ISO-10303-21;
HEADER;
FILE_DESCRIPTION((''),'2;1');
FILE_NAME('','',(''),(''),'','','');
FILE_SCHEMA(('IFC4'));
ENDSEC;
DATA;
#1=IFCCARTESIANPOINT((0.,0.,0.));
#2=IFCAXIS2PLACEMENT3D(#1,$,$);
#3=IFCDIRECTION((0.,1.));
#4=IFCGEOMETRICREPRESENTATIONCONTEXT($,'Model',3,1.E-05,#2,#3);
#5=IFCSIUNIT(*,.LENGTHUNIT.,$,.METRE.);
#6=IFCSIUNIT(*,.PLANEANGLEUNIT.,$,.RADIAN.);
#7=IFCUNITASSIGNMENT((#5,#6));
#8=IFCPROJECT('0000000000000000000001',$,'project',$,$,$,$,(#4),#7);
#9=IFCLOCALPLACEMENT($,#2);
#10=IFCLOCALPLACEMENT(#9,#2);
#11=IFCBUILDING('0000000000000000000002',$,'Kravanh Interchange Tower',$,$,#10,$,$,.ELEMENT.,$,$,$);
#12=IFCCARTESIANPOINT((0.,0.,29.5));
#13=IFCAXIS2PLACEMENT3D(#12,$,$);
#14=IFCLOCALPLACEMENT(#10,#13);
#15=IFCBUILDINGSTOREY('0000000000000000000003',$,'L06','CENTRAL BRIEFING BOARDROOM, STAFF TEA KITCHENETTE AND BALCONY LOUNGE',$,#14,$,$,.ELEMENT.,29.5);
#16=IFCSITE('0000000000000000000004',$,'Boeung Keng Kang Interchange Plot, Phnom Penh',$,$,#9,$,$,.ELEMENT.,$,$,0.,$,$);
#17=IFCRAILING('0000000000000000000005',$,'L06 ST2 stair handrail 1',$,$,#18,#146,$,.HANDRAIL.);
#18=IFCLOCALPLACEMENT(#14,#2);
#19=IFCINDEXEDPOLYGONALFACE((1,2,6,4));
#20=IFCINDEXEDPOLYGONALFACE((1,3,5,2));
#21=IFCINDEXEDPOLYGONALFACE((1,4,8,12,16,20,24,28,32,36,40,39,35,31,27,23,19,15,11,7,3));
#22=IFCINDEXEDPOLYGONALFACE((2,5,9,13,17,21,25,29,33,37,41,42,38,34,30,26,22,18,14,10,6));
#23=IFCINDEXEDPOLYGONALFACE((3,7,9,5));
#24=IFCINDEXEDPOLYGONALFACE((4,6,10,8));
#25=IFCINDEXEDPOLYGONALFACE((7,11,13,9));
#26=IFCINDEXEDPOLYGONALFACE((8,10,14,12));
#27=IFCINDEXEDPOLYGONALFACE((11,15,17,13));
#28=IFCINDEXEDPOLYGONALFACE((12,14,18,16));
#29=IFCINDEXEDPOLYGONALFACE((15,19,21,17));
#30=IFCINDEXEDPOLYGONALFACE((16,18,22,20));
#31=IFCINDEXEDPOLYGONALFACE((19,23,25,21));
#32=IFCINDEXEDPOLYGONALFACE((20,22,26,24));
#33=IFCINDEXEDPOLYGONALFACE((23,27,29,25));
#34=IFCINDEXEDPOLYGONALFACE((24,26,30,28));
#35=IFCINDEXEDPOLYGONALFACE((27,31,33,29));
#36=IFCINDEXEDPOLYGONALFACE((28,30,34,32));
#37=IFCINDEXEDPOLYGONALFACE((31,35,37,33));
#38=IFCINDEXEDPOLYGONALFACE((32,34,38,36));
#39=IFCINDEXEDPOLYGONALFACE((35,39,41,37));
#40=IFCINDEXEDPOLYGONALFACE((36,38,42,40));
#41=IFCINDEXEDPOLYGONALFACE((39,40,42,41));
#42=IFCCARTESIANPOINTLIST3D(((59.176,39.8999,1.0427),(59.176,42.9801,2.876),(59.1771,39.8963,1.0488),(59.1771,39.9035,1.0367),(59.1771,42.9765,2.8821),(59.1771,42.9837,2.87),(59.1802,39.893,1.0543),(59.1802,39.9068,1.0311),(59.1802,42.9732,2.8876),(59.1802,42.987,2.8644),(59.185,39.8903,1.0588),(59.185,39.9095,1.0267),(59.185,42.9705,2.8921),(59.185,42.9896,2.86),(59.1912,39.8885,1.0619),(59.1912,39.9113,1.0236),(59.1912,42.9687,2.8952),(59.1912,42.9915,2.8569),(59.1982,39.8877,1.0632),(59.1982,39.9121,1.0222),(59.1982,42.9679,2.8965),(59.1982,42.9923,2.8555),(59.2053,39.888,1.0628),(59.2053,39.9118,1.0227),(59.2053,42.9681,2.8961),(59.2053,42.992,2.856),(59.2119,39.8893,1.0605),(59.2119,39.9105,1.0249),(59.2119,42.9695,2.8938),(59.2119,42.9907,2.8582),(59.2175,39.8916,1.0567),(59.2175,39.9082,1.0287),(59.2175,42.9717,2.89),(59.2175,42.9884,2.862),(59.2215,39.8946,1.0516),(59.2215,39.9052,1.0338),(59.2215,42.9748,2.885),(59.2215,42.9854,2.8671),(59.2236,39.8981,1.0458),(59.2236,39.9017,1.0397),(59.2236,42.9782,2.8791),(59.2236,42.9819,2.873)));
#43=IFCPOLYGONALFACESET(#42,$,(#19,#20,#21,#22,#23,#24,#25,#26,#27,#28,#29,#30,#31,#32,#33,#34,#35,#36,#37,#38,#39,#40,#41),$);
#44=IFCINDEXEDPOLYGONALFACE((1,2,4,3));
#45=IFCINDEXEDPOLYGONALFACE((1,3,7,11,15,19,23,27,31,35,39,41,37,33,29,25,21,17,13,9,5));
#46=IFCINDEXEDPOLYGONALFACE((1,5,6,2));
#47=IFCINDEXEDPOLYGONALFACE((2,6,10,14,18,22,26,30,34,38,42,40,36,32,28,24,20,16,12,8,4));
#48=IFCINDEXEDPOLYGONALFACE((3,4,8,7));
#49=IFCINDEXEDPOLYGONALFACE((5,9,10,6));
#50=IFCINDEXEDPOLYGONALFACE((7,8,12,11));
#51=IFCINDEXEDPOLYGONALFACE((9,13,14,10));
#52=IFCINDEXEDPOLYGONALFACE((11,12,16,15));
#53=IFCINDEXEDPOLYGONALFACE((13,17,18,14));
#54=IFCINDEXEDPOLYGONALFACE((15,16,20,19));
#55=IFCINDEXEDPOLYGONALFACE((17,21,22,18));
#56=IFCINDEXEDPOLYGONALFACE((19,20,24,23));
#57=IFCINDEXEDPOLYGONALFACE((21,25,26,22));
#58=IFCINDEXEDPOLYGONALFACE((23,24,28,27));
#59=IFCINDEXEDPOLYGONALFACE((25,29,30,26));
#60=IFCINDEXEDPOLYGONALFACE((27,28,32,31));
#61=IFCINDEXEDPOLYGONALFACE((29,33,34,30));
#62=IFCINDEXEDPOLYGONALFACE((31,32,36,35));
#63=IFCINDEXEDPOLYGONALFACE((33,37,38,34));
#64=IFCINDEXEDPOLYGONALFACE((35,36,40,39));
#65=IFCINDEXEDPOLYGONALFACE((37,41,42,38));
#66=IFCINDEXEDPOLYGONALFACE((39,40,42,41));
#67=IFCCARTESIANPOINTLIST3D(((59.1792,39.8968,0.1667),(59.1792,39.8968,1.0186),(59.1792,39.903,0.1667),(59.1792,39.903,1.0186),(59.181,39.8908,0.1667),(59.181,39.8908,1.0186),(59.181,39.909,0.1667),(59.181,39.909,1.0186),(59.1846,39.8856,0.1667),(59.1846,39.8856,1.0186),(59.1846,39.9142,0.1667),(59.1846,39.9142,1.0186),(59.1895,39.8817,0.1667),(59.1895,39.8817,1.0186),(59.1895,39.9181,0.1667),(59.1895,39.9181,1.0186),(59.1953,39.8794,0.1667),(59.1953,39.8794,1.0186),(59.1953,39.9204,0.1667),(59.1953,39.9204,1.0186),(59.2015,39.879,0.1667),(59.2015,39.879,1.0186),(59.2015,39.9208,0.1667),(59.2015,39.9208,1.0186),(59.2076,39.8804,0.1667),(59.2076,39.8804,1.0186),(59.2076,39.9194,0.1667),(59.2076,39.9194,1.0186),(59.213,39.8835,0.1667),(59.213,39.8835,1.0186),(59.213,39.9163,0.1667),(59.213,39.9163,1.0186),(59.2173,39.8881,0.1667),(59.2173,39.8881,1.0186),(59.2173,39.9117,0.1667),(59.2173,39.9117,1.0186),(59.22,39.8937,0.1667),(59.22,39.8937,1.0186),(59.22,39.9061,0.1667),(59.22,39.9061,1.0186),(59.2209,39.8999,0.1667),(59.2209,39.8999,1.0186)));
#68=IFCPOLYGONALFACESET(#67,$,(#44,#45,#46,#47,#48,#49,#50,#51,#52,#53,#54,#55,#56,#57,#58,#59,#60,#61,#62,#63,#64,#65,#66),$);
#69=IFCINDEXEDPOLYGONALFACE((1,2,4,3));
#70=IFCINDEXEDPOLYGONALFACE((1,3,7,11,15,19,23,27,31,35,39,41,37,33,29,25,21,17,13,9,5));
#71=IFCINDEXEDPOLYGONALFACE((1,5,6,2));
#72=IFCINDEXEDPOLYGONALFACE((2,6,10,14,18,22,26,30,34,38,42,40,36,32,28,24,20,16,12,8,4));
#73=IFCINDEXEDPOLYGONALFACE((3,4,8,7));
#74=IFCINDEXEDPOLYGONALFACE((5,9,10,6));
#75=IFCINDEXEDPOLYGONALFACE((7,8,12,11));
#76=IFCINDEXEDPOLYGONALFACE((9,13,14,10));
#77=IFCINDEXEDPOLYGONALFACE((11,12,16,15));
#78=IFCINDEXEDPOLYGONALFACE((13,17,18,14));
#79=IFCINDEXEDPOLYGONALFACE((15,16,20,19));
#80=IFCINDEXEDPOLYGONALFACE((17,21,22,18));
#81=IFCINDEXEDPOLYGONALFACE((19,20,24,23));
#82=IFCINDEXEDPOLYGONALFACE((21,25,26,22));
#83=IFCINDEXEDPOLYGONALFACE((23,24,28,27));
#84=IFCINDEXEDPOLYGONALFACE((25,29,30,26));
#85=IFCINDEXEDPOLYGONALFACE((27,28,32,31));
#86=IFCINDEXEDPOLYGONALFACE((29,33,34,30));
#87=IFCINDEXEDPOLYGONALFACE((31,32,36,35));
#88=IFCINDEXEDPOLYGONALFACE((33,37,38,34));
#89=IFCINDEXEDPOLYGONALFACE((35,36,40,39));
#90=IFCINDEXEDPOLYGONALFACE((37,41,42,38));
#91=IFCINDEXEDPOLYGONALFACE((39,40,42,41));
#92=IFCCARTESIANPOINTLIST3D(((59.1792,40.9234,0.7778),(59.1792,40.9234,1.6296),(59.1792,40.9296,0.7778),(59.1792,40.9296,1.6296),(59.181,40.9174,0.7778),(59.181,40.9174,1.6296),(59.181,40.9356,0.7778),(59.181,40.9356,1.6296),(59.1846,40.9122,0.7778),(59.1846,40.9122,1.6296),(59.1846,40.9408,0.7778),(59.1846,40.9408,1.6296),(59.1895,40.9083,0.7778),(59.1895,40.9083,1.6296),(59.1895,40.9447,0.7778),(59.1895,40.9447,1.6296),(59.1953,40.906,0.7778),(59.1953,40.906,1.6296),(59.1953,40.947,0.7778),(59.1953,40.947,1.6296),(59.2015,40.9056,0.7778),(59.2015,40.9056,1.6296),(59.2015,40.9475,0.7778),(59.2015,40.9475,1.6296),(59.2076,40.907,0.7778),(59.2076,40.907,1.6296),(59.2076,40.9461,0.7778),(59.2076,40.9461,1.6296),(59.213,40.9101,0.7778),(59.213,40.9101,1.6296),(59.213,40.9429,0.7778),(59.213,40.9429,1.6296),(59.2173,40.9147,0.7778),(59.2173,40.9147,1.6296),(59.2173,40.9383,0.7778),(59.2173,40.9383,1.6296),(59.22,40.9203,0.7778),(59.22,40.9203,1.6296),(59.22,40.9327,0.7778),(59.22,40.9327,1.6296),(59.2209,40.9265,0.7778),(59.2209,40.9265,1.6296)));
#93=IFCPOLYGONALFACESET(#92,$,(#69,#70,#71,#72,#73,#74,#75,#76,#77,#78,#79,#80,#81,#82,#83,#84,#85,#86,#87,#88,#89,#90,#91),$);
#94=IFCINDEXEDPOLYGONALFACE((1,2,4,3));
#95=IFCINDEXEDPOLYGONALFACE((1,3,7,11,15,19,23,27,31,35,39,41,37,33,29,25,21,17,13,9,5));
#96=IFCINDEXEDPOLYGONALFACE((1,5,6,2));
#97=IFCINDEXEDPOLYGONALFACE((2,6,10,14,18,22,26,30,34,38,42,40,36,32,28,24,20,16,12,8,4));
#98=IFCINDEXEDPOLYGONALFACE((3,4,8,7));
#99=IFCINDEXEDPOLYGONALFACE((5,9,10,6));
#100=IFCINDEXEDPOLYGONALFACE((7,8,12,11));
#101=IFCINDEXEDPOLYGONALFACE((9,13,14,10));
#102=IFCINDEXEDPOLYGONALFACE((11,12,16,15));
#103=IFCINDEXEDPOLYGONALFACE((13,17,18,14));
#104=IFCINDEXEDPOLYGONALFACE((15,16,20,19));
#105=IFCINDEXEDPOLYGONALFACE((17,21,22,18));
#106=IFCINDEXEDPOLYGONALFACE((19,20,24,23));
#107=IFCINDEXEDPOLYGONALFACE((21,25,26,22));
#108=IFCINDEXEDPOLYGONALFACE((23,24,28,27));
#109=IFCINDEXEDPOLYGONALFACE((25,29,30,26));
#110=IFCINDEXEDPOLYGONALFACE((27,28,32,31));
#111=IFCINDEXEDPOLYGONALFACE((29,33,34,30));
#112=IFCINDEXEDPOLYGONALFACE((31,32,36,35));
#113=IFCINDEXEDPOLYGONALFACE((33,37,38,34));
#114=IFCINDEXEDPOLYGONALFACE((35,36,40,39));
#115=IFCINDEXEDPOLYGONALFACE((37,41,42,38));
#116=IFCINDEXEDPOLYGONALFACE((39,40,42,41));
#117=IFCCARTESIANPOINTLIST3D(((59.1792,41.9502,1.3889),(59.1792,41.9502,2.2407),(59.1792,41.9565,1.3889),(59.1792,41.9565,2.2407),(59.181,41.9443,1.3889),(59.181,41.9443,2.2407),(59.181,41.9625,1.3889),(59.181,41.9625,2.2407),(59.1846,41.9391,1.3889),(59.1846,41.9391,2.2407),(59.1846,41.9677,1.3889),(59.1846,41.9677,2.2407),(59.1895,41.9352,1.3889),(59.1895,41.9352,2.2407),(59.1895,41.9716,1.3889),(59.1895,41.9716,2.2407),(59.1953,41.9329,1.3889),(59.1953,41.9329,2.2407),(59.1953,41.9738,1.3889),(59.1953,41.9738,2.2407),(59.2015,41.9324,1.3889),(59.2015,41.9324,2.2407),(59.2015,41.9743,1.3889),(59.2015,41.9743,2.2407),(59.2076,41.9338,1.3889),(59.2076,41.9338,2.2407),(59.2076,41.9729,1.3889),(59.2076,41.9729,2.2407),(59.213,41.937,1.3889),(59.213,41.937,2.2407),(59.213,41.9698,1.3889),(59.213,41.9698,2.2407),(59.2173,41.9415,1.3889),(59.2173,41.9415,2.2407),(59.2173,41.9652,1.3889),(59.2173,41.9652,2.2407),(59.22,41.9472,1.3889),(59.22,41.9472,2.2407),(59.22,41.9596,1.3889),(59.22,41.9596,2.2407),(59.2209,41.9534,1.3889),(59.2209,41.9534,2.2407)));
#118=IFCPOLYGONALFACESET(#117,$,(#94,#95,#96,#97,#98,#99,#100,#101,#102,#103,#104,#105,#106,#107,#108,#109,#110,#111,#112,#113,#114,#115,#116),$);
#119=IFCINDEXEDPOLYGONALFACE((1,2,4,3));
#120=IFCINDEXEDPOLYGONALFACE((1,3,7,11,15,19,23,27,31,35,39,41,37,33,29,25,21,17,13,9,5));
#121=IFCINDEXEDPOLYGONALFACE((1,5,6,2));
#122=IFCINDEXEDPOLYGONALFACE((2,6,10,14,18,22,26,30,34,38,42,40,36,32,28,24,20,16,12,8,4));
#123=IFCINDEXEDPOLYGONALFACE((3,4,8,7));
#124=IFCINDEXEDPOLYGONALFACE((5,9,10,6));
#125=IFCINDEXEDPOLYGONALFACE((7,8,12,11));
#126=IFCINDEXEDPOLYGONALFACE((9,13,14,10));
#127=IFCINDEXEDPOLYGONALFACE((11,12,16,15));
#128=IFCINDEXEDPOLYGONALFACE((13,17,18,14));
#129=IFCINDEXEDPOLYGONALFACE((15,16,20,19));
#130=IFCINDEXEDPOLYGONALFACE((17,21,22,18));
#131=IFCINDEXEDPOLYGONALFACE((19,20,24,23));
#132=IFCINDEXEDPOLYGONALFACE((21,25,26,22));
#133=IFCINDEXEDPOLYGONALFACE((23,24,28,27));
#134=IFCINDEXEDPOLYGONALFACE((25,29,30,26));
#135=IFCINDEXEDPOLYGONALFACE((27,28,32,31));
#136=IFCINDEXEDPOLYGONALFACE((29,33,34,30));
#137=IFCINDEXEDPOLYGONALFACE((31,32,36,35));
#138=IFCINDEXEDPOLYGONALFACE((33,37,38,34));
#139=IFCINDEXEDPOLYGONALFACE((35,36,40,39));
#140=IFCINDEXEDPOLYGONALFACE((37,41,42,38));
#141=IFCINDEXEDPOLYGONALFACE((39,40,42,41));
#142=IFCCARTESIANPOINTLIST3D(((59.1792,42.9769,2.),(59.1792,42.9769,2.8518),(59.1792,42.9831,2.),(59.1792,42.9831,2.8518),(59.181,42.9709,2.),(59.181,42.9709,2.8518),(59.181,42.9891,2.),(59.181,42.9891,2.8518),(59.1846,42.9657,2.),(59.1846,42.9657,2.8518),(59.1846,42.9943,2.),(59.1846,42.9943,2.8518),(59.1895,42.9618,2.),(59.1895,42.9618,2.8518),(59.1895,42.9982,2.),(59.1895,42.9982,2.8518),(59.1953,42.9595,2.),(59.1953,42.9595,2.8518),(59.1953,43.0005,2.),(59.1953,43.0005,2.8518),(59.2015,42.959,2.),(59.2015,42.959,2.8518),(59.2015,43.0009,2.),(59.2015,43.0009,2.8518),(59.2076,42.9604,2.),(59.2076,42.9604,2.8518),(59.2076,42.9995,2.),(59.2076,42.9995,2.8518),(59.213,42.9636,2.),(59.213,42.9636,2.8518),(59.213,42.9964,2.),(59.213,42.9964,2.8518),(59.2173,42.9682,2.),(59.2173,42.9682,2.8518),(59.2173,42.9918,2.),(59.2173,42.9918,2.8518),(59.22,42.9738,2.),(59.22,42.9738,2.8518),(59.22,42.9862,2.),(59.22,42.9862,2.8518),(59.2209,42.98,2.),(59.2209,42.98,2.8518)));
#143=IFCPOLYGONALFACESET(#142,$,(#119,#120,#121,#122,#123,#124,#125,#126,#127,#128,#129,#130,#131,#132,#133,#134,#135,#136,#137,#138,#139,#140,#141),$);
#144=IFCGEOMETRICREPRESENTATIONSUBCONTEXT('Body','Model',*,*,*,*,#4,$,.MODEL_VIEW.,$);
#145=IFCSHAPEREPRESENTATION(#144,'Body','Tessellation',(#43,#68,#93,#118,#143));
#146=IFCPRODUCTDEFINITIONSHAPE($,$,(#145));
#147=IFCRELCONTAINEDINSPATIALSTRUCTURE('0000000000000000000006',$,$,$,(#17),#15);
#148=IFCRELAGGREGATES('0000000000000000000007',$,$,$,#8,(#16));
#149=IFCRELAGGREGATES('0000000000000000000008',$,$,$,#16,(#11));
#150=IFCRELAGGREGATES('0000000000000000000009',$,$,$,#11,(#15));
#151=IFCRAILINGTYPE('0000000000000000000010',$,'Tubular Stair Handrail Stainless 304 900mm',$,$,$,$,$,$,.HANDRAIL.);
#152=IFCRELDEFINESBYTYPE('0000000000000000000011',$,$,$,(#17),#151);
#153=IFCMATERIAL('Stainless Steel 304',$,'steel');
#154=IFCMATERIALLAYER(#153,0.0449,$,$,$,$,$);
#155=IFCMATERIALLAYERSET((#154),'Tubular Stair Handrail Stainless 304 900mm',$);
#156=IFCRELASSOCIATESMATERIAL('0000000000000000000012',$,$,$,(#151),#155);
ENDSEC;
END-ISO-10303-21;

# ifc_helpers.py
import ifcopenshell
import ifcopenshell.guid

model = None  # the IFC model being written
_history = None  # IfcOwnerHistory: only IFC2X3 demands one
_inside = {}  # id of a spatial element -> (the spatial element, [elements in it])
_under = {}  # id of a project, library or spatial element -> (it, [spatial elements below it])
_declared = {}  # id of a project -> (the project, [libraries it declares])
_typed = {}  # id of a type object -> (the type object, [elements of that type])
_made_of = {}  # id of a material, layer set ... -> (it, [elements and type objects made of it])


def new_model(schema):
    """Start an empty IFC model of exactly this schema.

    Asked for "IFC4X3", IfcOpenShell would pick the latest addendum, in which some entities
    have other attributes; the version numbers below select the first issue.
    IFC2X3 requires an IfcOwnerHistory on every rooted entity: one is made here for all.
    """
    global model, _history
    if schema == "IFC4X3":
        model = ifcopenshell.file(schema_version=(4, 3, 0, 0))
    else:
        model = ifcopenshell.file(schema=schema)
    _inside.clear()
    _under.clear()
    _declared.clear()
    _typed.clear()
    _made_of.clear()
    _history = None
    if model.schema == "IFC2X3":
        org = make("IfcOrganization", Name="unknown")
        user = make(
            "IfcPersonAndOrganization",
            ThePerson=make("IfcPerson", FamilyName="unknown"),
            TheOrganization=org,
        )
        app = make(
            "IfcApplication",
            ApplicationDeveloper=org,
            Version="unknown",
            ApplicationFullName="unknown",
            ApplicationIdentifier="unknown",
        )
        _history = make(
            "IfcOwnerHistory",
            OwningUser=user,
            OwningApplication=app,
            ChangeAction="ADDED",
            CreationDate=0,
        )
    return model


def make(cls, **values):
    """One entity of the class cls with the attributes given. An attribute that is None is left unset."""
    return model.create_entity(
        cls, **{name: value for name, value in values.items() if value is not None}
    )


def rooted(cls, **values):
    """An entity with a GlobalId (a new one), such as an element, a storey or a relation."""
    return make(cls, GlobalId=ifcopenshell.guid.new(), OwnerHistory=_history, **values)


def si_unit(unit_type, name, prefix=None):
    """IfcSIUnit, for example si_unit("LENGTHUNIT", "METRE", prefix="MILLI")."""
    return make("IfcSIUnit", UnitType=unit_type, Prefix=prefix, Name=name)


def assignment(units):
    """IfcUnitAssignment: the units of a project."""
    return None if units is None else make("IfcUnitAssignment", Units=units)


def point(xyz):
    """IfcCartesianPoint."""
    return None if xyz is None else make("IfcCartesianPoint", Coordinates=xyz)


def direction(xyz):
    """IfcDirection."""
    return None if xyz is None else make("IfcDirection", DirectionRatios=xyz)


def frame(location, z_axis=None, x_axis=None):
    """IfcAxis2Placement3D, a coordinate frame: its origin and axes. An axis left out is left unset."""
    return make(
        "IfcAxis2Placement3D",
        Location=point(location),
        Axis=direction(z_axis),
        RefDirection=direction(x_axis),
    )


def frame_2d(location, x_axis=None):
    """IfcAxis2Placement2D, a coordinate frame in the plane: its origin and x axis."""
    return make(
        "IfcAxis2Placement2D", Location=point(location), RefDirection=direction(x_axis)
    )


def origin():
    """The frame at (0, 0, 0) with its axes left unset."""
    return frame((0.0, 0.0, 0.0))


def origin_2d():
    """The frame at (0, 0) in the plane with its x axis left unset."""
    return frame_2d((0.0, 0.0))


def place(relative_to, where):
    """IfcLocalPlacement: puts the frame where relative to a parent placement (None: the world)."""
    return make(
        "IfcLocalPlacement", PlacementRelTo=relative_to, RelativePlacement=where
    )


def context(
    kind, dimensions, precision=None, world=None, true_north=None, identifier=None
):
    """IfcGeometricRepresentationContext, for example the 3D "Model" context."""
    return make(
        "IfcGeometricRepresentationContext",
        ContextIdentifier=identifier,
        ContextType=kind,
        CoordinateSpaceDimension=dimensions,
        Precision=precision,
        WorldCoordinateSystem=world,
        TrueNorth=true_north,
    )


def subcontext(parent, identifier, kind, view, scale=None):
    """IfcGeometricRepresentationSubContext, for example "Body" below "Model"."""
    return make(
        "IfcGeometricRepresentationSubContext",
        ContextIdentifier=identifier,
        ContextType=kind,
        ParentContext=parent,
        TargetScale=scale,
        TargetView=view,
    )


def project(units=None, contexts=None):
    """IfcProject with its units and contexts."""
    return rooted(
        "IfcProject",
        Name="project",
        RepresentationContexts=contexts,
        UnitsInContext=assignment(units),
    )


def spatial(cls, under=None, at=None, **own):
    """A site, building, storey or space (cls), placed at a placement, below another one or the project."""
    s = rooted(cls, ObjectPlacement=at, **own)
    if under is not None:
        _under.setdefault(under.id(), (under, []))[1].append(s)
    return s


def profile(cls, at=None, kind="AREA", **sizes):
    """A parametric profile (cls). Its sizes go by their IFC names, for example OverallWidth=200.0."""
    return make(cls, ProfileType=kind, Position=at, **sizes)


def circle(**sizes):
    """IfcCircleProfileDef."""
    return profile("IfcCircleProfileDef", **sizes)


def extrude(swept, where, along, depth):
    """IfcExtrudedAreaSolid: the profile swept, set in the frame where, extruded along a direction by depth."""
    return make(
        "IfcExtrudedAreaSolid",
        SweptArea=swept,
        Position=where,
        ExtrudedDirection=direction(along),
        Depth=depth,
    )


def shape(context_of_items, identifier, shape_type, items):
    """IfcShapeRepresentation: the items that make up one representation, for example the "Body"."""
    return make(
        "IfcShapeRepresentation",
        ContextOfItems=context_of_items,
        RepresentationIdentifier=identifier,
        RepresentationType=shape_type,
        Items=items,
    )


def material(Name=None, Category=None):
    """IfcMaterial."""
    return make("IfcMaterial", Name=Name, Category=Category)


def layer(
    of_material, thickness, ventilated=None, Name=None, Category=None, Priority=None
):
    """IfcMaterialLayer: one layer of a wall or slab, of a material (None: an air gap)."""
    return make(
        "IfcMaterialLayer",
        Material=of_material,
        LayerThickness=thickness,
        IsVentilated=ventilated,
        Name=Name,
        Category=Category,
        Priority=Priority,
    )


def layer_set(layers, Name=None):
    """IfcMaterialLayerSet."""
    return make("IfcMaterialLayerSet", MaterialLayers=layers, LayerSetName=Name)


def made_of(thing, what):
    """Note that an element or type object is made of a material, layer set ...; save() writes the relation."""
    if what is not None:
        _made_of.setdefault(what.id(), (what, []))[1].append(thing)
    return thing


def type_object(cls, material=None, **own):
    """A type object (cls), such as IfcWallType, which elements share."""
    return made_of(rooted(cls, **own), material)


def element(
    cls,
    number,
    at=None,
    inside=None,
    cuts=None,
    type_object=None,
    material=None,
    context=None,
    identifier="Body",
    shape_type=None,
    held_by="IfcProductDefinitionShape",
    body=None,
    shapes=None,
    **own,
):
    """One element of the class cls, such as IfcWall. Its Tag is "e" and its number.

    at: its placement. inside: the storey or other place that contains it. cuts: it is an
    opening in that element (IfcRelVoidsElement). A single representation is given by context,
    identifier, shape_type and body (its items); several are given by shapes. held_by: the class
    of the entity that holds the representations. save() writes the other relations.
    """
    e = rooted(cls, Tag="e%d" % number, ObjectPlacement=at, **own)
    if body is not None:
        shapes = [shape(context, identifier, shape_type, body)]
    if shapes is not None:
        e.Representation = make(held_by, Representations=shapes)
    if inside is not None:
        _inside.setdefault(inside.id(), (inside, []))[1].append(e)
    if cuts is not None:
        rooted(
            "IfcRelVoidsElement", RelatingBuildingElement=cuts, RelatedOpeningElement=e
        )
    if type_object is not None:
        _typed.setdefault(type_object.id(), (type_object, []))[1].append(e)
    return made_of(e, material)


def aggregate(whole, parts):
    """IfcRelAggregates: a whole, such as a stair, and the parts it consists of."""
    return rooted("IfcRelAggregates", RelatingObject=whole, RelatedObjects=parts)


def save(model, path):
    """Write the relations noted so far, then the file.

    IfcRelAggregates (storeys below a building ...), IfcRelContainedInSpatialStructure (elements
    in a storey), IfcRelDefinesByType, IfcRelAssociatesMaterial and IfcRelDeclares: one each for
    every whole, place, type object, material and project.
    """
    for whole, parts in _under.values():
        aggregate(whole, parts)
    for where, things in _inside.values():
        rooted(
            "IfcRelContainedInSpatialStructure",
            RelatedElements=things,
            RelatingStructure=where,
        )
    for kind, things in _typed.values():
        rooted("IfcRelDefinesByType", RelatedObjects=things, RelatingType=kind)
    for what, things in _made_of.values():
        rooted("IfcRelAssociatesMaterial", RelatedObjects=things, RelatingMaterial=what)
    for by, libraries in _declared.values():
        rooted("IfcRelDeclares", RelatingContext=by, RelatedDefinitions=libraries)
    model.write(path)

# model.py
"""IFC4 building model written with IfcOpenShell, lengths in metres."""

from ifc_helpers import new_model, si_unit, direction, frame, origin, origin_2d, place, context, subcontext, project, spatial, circle, extrude, material, layer, layer_set, type_object, element, save


model = new_model("IFC4")

# Units and contexts
model_context = context("Model", 3, precision=1e-05, world=origin(), true_north=direction((0.0, 1.0)))
body_context = subcontext(model_context, "Body", "Model", "MODEL_VIEW")
ifc_project = project(units=[si_unit("LENGTHUNIT", "METRE"), si_unit("PLANEANGLEUNIT", "RADIAN")], contexts=[model_context])

# Site, building, storey
site_placement = place(None, origin())
site = spatial("IfcSite", under=ifc_project, at=site_placement, Name="Boeung Keng Kang Interchange Plot, Phnom Penh", CompositionType="ELEMENT", RefElevation=0.0)
building_placement = place(site_placement, origin())
building = spatial("IfcBuilding", under=site, at=building_placement, Name="Kravanh Interchange Tower", CompositionType="ELEMENT")
storey_placement = place(building_placement, frame((0.0, 0.0, 29.5)))
storey = spatial("IfcBuildingStorey", under=building, at=storey_placement, Name="L06", Description="CENTRAL BRIEFING BOARDROOM, STAFF TEA KITCHENETTE AND BALCONY LOUNGE", CompositionType="ELEMENT", Elevation=29.5)

# Railing
ifc_material_1 = material(Name="Stainless Steel 304", Category="steel")
ifc_layer_1 = layer(ifc_material_1, 0.0449)
ifc_layer_set_1 = layer_set([ifc_layer_1], Name="Tubular Stair Handrail Stainless 304 900mm")
railing_type_1 = type_object("IfcRailingType", Name="Tubular Stair Handrail Stainless 304 900mm", PredefinedType="HANDRAIL", material=ifc_layer_set_1)
railing_1_placement = place(storey_placement, frame((59.2, 39.8999, 0.1667)))
element("IfcRailing", 1, at=railing_1_placement, inside=storey, type_object=railing_type_1, Name="L06 ST2 stair handrail 1", PredefinedType="HANDRAIL", context=body_context, shape_type="SweptSolid", body=[
    extrude(circle(Radius=0.0239, at=origin_2d()), frame((0.0, 0.0, 0.876), z_axis=(0.0, 0.859309, 0.511458), x_axis=(-1.0, 0.0, 0.0)), (0.0, 0.0, 1.0), 3.5845),
    extrude(circle(Radius=0.021, at=origin_2d()), origin(), (0.0, 0.0, 1.0), 0.8518),
    extrude(circle(Radius=0.021, at=origin_2d()), frame((0.0, 1.0266, 0.6111)), (0.0, 0.0, 1.0), 0.8518),
    extrude(circle(Radius=0.021, at=origin_2d()), frame((0.0, 2.0535, 1.2222)), (0.0, 0.0, 1.0), 0.8518),
    extrude(circle(Radius=0.021, at=origin_2d()), frame((0.0, 3.0801, 1.8333)), (0.0, 0.0, 1.0), 0.8518),
])

save(model, "model.ifc")
